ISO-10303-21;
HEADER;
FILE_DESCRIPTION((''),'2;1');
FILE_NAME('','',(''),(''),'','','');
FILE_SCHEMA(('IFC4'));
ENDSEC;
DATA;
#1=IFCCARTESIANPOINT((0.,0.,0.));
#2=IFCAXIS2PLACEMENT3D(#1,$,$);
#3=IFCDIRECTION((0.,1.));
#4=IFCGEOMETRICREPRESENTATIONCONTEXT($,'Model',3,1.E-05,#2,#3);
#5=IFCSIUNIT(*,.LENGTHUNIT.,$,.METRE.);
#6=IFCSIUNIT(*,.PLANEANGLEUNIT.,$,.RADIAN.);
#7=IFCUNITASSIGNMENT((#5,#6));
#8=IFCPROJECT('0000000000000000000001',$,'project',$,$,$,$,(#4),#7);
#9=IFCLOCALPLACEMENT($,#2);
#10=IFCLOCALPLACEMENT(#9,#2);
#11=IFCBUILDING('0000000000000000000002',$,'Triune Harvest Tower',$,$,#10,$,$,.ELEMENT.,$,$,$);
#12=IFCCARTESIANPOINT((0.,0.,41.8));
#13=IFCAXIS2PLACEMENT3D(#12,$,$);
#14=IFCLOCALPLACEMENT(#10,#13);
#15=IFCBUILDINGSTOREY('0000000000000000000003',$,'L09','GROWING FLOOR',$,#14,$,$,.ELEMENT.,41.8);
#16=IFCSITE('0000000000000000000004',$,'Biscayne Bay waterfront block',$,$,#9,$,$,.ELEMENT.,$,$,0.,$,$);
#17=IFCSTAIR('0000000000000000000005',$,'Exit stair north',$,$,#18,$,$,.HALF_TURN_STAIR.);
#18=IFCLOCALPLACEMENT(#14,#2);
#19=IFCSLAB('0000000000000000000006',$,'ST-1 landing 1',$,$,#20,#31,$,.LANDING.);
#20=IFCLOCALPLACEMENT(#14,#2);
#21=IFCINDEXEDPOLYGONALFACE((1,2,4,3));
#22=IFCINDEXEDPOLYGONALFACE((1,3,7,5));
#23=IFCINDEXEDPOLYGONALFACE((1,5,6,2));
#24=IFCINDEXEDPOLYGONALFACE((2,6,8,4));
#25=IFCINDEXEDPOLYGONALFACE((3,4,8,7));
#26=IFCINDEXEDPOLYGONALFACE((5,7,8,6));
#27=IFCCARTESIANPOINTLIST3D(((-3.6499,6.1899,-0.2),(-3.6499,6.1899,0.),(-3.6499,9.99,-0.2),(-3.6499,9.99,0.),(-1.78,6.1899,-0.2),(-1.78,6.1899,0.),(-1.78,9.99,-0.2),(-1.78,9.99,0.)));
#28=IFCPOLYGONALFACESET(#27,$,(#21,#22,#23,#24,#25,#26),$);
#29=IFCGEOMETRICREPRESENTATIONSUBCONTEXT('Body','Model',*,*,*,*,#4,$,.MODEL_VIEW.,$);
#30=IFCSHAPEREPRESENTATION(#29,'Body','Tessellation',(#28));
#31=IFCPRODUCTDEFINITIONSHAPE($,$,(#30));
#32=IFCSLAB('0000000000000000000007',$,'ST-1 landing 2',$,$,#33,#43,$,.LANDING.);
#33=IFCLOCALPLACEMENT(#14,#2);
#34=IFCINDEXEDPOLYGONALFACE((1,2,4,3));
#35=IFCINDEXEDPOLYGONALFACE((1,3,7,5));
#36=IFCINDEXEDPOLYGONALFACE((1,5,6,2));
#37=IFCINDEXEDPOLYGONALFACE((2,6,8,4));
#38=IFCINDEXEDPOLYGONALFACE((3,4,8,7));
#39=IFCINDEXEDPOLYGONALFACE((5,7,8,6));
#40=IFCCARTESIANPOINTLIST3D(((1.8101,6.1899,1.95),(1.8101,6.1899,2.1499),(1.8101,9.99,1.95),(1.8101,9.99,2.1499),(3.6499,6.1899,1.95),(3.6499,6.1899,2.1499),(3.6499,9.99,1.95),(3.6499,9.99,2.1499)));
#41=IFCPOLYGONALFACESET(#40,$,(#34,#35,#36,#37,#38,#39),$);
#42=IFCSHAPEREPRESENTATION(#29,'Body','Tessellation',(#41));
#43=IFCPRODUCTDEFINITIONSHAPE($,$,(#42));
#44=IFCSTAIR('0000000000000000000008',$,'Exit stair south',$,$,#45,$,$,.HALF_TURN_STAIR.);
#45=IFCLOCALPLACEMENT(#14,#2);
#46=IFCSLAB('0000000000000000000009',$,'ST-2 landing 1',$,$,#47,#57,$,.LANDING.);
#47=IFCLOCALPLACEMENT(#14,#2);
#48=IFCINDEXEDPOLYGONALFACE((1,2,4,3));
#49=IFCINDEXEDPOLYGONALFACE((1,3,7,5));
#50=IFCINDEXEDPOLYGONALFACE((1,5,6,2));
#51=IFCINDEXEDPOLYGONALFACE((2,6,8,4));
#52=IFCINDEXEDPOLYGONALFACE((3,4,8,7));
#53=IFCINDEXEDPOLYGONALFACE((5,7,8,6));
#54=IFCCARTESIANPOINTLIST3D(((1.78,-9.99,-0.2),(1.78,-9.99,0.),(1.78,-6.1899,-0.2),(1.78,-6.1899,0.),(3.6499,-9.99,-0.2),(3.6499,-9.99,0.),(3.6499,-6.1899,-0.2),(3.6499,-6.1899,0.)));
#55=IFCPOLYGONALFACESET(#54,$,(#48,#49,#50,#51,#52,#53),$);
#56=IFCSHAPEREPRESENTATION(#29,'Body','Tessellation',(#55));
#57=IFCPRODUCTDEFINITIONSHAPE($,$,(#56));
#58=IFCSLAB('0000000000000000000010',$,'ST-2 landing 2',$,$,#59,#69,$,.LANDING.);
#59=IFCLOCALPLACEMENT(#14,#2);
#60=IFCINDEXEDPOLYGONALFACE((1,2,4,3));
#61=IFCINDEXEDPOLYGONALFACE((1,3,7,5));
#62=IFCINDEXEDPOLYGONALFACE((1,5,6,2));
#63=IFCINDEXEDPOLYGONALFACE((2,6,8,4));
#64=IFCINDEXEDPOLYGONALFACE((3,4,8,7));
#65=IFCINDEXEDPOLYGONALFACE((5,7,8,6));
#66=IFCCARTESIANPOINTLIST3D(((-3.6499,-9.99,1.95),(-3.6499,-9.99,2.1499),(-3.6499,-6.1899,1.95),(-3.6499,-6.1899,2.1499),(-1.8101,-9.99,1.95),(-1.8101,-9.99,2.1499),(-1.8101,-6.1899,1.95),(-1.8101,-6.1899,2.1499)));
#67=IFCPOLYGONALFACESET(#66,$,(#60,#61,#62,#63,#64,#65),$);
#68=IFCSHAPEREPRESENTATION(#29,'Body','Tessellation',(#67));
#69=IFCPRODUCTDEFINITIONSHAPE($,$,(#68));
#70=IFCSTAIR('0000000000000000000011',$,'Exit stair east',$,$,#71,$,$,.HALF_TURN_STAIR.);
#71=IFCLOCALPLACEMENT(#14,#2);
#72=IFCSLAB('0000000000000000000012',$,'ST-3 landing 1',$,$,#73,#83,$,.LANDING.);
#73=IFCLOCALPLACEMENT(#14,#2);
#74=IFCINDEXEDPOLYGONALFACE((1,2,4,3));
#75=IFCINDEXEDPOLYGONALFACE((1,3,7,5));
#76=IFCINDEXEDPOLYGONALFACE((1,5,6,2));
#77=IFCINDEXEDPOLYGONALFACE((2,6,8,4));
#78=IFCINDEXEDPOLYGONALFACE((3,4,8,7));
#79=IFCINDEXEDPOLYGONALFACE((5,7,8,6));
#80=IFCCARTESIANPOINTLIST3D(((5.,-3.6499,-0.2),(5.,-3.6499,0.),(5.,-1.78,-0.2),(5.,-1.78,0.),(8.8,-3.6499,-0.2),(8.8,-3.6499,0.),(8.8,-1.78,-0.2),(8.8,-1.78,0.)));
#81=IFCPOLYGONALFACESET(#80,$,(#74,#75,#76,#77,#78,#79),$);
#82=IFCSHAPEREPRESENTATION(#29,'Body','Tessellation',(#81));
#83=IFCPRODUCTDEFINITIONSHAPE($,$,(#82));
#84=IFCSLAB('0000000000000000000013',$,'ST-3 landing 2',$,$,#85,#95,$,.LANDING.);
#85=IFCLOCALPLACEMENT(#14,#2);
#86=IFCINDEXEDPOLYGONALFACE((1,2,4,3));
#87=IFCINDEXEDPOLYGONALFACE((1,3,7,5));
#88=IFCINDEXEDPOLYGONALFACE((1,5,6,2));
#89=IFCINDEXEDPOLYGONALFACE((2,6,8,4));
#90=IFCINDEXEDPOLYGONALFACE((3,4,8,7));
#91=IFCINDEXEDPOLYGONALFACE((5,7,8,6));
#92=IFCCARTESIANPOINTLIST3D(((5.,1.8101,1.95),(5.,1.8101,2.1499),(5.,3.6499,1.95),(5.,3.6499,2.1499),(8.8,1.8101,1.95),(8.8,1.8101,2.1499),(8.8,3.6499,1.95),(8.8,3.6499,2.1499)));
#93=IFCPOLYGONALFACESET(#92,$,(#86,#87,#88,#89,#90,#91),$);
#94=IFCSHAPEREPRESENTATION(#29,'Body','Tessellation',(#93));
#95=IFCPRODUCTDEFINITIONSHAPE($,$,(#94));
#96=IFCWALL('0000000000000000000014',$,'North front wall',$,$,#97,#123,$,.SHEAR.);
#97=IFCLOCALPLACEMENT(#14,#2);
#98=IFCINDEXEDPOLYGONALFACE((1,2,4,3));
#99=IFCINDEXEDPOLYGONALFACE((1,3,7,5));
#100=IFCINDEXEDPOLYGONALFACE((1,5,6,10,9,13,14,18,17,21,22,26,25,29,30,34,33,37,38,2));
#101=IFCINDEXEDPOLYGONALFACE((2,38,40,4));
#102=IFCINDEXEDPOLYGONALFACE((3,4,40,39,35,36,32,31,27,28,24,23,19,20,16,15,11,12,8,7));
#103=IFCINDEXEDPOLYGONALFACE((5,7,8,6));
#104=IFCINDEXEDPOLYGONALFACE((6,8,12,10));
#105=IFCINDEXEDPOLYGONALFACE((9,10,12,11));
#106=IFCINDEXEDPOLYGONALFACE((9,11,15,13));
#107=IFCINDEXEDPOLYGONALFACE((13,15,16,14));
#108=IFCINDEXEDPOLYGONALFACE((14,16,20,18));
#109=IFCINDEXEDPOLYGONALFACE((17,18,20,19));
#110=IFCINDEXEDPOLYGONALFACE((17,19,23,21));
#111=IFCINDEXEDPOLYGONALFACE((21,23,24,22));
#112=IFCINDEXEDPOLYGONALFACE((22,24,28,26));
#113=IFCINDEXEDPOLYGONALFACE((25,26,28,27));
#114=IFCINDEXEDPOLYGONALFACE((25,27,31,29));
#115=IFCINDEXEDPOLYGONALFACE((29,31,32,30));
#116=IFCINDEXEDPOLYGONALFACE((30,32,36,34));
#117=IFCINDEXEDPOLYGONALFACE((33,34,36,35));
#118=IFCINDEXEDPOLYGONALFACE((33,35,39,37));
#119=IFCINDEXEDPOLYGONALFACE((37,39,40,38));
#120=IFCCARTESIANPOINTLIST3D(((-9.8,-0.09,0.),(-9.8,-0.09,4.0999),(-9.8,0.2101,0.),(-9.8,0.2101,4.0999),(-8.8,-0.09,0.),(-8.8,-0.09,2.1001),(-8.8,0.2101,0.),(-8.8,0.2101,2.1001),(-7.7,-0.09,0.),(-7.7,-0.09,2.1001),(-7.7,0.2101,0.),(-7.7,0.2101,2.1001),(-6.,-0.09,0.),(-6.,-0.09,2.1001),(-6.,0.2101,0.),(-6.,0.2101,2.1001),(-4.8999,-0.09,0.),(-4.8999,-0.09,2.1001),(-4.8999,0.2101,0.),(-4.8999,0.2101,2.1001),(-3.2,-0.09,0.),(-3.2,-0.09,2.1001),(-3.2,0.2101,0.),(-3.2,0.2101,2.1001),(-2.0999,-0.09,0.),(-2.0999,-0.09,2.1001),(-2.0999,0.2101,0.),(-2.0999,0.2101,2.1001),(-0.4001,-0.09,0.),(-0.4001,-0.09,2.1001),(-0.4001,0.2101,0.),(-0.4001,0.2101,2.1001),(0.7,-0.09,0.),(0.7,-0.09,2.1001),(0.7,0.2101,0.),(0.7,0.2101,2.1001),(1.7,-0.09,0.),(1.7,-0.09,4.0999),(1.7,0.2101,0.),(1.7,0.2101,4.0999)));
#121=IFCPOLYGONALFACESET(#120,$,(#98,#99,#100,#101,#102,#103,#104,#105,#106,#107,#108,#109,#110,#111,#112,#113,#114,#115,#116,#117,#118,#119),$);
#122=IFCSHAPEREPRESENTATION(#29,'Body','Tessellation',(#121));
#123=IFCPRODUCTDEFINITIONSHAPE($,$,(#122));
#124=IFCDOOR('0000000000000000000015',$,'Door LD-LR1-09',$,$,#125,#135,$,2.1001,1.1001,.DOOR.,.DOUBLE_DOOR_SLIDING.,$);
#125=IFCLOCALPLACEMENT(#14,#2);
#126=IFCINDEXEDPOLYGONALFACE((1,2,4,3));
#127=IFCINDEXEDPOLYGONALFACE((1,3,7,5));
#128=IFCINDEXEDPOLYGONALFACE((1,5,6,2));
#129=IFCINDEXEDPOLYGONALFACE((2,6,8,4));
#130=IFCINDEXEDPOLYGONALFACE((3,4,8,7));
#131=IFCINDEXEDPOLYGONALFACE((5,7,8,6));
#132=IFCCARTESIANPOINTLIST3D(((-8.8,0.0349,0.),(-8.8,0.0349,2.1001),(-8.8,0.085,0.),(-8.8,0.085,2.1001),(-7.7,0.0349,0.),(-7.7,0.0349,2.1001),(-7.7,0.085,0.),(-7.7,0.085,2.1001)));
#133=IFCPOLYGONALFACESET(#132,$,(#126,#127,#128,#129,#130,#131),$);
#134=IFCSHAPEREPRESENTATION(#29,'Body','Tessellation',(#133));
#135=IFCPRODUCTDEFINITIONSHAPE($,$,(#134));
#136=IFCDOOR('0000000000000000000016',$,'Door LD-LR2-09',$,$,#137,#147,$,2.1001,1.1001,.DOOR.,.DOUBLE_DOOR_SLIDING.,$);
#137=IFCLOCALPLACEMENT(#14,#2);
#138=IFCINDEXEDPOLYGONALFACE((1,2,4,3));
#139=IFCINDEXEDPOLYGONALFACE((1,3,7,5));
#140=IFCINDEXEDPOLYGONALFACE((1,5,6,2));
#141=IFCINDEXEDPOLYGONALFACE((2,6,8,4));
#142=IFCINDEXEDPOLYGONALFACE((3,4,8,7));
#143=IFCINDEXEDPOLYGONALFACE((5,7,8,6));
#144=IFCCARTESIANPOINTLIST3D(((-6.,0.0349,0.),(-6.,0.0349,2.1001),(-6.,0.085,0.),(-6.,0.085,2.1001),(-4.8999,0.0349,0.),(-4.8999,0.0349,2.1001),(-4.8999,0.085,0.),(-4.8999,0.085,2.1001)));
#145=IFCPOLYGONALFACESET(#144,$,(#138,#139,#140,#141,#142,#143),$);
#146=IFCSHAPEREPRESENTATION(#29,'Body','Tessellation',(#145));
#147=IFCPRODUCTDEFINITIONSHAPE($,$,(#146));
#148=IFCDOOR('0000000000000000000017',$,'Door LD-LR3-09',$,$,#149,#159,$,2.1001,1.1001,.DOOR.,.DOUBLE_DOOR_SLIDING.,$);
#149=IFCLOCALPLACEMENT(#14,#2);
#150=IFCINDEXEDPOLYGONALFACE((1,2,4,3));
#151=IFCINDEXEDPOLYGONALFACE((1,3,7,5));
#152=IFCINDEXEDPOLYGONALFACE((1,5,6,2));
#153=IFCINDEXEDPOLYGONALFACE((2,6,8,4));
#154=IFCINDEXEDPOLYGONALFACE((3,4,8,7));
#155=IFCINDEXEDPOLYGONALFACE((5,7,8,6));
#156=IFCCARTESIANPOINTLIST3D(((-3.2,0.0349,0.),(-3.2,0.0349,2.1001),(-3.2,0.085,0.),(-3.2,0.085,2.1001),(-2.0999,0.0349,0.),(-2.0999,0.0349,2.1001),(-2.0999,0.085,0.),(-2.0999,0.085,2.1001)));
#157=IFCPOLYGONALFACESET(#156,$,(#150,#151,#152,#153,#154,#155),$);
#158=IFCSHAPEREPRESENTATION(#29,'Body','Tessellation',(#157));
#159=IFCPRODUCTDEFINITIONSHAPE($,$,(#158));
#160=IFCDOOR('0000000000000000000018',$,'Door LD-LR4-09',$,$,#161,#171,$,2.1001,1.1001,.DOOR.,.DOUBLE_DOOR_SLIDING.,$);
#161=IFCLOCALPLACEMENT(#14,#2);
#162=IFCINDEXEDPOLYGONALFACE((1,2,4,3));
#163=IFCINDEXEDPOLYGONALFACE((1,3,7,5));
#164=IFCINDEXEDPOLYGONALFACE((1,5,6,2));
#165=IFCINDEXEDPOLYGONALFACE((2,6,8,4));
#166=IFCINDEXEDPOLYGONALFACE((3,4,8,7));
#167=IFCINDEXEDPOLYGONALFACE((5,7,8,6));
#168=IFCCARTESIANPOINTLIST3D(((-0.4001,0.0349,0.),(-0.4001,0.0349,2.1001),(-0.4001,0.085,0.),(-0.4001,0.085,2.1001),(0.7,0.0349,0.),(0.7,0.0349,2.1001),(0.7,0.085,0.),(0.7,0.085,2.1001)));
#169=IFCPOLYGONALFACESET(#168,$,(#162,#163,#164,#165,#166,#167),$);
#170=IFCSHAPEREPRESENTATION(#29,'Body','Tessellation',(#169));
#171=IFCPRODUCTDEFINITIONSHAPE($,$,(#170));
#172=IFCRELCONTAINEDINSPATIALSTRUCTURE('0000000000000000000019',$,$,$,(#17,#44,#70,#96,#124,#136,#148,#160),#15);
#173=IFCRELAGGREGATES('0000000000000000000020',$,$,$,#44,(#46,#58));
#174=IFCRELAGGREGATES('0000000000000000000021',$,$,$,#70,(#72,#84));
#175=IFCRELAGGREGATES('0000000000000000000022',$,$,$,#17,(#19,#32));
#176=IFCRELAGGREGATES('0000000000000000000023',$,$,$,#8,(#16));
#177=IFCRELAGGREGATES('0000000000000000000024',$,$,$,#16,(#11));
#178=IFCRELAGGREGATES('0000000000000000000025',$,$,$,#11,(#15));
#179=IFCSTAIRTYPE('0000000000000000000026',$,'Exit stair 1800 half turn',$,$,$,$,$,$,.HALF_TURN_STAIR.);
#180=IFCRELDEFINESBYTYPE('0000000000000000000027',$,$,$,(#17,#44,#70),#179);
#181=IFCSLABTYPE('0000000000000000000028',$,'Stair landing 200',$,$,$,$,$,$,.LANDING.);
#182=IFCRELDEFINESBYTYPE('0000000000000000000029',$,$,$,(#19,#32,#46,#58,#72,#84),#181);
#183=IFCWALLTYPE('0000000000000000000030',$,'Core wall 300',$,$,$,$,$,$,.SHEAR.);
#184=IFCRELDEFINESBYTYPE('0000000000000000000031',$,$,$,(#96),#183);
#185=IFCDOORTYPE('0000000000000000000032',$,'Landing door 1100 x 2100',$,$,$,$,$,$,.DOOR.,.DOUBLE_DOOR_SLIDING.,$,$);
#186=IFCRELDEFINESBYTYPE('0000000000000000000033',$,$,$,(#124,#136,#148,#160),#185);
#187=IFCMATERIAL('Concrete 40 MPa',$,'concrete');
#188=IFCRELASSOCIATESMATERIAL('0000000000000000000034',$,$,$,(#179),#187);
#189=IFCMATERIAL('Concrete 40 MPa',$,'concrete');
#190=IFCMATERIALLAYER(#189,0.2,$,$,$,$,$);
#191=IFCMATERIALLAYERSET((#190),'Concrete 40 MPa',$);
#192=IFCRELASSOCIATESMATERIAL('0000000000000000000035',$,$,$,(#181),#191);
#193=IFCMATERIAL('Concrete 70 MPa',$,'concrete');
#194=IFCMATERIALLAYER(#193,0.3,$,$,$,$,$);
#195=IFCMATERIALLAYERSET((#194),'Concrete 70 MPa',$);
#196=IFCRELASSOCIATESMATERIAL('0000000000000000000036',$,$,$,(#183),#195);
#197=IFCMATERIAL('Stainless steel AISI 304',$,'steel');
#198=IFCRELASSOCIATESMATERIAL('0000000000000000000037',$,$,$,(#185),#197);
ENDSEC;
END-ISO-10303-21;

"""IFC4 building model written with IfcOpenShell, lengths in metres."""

from ifc_helpers import new_model, si_unit, direction, frame, frame_2d, origin, place, context, subcontext, project, spatial, polyline, rectangle, outline, extrude, source, transform, mapped, material, layer, layer_set, type_object, element, fill, aggregate, save


model = new_model("IFC4")

# Units and contexts
model_context = context("Model", 3, precision=1e-05, world=origin(), true_north=direction((0.0, 1.0)))
body_context = subcontext(model_context, "Body", "Model", "MODEL_VIEW")
ifc_project = project(units=[si_unit("LENGTHUNIT", "METRE"), si_unit("PLANEANGLEUNIT", "RADIAN")], contexts=[model_context])

# Site, building, storey
site_placement = place(None, origin())
site = spatial("IfcSite", under=ifc_project, at=site_placement, Name="Biscayne Bay waterfront block", CompositionType="ELEMENT", RefElevation=0.0)
building_placement = place(site_placement, origin())
building = spatial("IfcBuilding", under=site, at=building_placement, Name="Triune Harvest Tower", CompositionType="ELEMENT")
storey_placement = place(building_placement, frame((0.0, 0.0, 41.8)))
storey = spatial("IfcBuildingStorey", under=building, at=storey_placement, Name="L09", Description="GROWING FLOOR", CompositionType="ELEMENT", Elevation=41.8)

# Stairs, slabs
ifc_material_1 = material(Name="Concrete 40 MPa", Category="concrete")
stair_type = type_object("IfcStairType", Name="Exit stair 1800 half turn", PredefinedType="HALF_TURN_STAIR", material=ifc_material_1)
stair_1_placement = place(storey_placement, origin())
stair_1 = element("IfcStair", 1, at=stair_1_placement, inside=storey, type_object=stair_type, Name="Exit stair north", PredefinedType="HALF_TURN_STAIR")
ifc_material_2 = material(Name="Concrete 40 MPa", Category="concrete")
ifc_layer_1 = layer(ifc_material_2, 0.2)
ifc_layer_set_1 = layer_set([ifc_layer_1], Name="Concrete 40 MPa")
slab_type = type_object("IfcSlabType", Name="Stair landing 200", PredefinedType="LANDING", material=ifc_layer_set_1)
shared_shape_1 = source(origin(), body_context, "Body", "SweptSolid", [
    extrude(outline(polyline([(-3.6499, 6.1899), (-1.78, 6.1899), (-1.78, 9.99), (-3.6499, 9.99), (-3.6499, 6.1899)])), origin(), (0.0, 0.0, 1.0), 0.2),
])
slab_1_placement = place(storey_placement, frame((0.0, 0.0, -0.2)))
slab_1 = element("IfcSlab", 2, at=slab_1_placement, type_object=slab_type, Name="ST-1 landing 1", PredefinedType="LANDING", context=body_context, shape_type="MappedRepresentation", body=[
    mapped(shared_shape_1, transform((0.0, 0.0, 0.0), scale=1.0)),
])
shared_shape_2 = source(origin(), body_context, "Body", "SweptSolid", [
    extrude(outline(polyline([(1.8101, 6.1899), (3.6499, 6.1899), (3.6499, 9.99), (1.8101, 9.99), (1.8101, 6.1899)])), origin(), (0.0, 0.0, 1.0), 0.2),
])
slab_2_placement = place(storey_placement, frame((0.0, 0.0, 1.95)))
slab_2 = element("IfcSlab", 3, at=slab_2_placement, type_object=slab_type, Name="ST-1 landing 2", PredefinedType="LANDING", context=body_context, shape_type="MappedRepresentation", body=[
    mapped(shared_shape_2, transform((0.0, 0.0, 0.0), scale=1.0)),
])
stair_2_placement = place(storey_placement, origin())
stair_2 = element("IfcStair", 4, at=stair_2_placement, inside=storey, type_object=stair_type, Name="Exit stair south", PredefinedType="HALF_TURN_STAIR")
shared_shape_3 = source(origin(), body_context, "Body", "SweptSolid", [
    extrude(outline(polyline([(3.6499, -6.1899), (1.78, -6.1899), (1.78, -9.99), (3.6499, -9.99), (3.6499, -6.1899)])), origin(), (0.0, 0.0, 1.0), 0.2),
])
slab_3_placement = place(storey_placement, frame((0.0, 0.0, -0.2)))
slab_3 = element("IfcSlab", 5, at=slab_3_placement, type_object=slab_type, Name="ST-2 landing 1", PredefinedType="LANDING", context=body_context, shape_type="MappedRepresentation", body=[
    mapped(shared_shape_3, transform((0.0, 0.0, 0.0), scale=1.0)),
])
shared_shape_4 = source(origin(), body_context, "Body", "SweptSolid", [
    extrude(outline(polyline([(-1.8101, -6.1899), (-3.6499, -6.1899), (-3.6499, -9.99), (-1.8101, -9.99), (-1.8101, -6.1899)])), origin(), (0.0, 0.0, 1.0), 0.2),
])
slab_4_placement = place(storey_placement, frame((0.0, 0.0, 1.95)))
slab_4 = element("IfcSlab", 6, at=slab_4_placement, type_object=slab_type, Name="ST-2 landing 2", PredefinedType="LANDING", context=body_context, shape_type="MappedRepresentation", body=[
    mapped(shared_shape_4, transform((0.0, 0.0, 0.0), scale=1.0)),
])
aggregate(stair_2, [slab_3, slab_4])
stair_3_placement = place(storey_placement, origin())
stair_3 = element("IfcStair", 7, at=stair_3_placement, inside=storey, type_object=stair_type, Name="Exit stair east", PredefinedType="HALF_TURN_STAIR")
shared_shape_5 = source(origin(), body_context, "Body", "SweptSolid", [
    extrude(outline(polyline([(8.8, -3.6499), (8.8, -1.78), (5.0, -1.78), (5.0, -3.6499), (8.8, -3.6499)])), origin(), (0.0, 0.0, 1.0), 0.2),
])
slab_5_placement = place(storey_placement, frame((0.0, 0.0, -0.2)))
slab_5 = element("IfcSlab", 8, at=slab_5_placement, type_object=slab_type, Name="ST-3 landing 1", PredefinedType="LANDING", context=body_context, shape_type="MappedRepresentation", body=[
    mapped(shared_shape_5, transform((0.0, 0.0, 0.0), scale=1.0)),
])
shared_shape_6 = source(origin(), body_context, "Body", "SweptSolid", [
    extrude(outline(polyline([(8.8, 1.8101), (8.8, 3.6499), (5.0, 3.6499), (5.0, 1.8101), (8.8, 1.8101)])), origin(), (0.0, 0.0, 1.0), 0.2),
])
slab_6_placement = place(storey_placement, frame((0.0, 0.0, 1.95)))
slab_6 = element("IfcSlab", 9, at=slab_6_placement, type_object=slab_type, Name="ST-3 landing 2", PredefinedType="LANDING", context=body_context, shape_type="MappedRepresentation", body=[
    mapped(shared_shape_6, transform((0.0, 0.0, 0.0), scale=1.0)),
])
aggregate(stair_3, [slab_5, slab_6])

# Wall, openings, doors
ifc_material_3 = material(Name="Concrete 70 MPa", Category="concrete")
ifc_layer_2 = layer(ifc_material_3, 0.3)
ifc_layer_set_2 = layer_set([ifc_layer_2], Name="Concrete 70 MPa")
wall_type = type_object("IfcWallType", Name="Core wall 300", PredefinedType="SHEAR", material=ifc_layer_set_2)
shared_shape_7 = source(origin(), body_context, "Body", "SweptSolid", [
    extrude(rectangle(XDim=11.5, YDim=0.3, at=frame_2d((5.75, 0.0))), origin(), (0.0, 0.0, 1.0), 4.0999),
])
wall_1_placement = place(storey_placement, frame((-9.8, 0.0601, 0.0), z_axis=(0.0, 0.0, 1.0), x_axis=(1.0, 0.0, 0.0)))
wall_1 = element("IfcWall", 10, at=wall_1_placement, inside=storey, type_object=wall_type, Name="North front wall", PredefinedType="SHEAR", context=body_context, shape_type="MappedRepresentation", body=[
    mapped(shared_shape_7, transform((0.0, 0.0, 0.0), scale=1.0)),
])
opening_1_placement = place(wall_1_placement, frame((1.0, 0.0, 0.0)))
opening_1 = element("IfcOpeningElement", 11, at=opening_1_placement, cuts=wall_1, PredefinedType="OPENING", context=body_context, shape_type="SweptSolid", body=[
    extrude(rectangle(XDim=1.1001, YDim=2.1001, at=frame_2d((0.55, 1.05))), frame((0.0, 0.1602, 0.0), z_axis=(0.0, -1.0, 0.0), x_axis=(1.0, 0.0, 0.0)), (0.0, 0.0, 1.0), 0.3201),
])
opening_2_placement = place(wall_1_placement, frame((3.8, 0.0, 0.0)))
opening_2 = element("IfcOpeningElement", 12, at=opening_2_placement, cuts=wall_1, PredefinedType="OPENING", context=body_context, shape_type="SweptSolid", body=[
    extrude(rectangle(XDim=1.1001, YDim=2.1001, at=frame_2d((0.55, 1.05))), frame((0.0, 0.1602, 0.0), z_axis=(0.0, -1.0, 0.0), x_axis=(1.0, 0.0, 0.0)), (0.0, 0.0, 1.0), 0.3201),
])
opening_3_placement = place(wall_1_placement, frame((6.6001, 0.0, 0.0)))
opening_3 = element("IfcOpeningElement", 13, at=opening_3_placement, cuts=wall_1, PredefinedType="OPENING", context=body_context, shape_type="SweptSolid", body=[
    extrude(rectangle(XDim=1.1001, YDim=2.1001, at=frame_2d((0.55, 1.05))), frame((0.0, 0.1602, 0.0), z_axis=(0.0, -1.0, 0.0), x_axis=(1.0, 0.0, 0.0)), (0.0, 0.0, 1.0), 0.3201),
])
opening_4_placement = place(wall_1_placement, frame((9.3999, 0.0, 0.0)))
opening_4 = element("IfcOpeningElement", 14, at=opening_4_placement, cuts=wall_1, PredefinedType="OPENING", context=body_context, shape_type="SweptSolid", body=[
    extrude(rectangle(XDim=1.1001, YDim=2.1001, at=frame_2d((0.55, 1.05))), frame((0.0, 0.1602, 0.0), z_axis=(0.0, -1.0, 0.0), x_axis=(1.0, 0.0, 0.0)), (0.0, 0.0, 1.0), 0.3201),
])
ifc_material_4 = material(Name="Stainless steel AISI 304", Category="steel")
door_type_1 = type_object("IfcDoorType", Name="Landing door 1100 x 2100", OperationType="DOUBLE_DOOR_SLIDING", PredefinedType="DOOR", material=ifc_material_4)
door_1_placement = place(opening_1_placement, origin())
door_1 = element("IfcDoor", 15, at=door_1_placement, inside=storey, type_object=door_type_1, Name="Door LD-LR1-09", OperationType="DOUBLE_DOOR_SLIDING", OverallHeight=2.1001, OverallWidth=1.1001, PredefinedType="DOOR", context=body_context, shape_type="SweptSolid", body=[
    extrude(rectangle(XDim=1.1001, YDim=2.1001, at=frame_2d((0.55, 1.05))), frame((0.0, 0.0249, 0.0), z_axis=(0.0, -1.0, 0.0), x_axis=(1.0, 0.0, 0.0)), (0.0, 0.0, 1.0), 0.05),
])
fill(opening_1, door_1)
door_2_placement = place(opening_2_placement, origin())
door_2 = element("IfcDoor", 16, at=door_2_placement, inside=storey, type_object=door_type_1, Name="Door LD-LR2-09", OperationType="DOUBLE_DOOR_SLIDING", OverallHeight=2.1001, OverallWidth=1.1001, PredefinedType="DOOR", context=body_context, shape_type="SweptSolid", body=[
    extrude(rectangle(XDim=1.1001, YDim=2.1001, at=frame_2d((0.55, 1.05))), frame((0.0, 0.0249, 0.0), z_axis=(0.0, -1.0, 0.0), x_axis=(1.0, 0.0, 0.0)), (0.0, 0.0, 1.0), 0.05),
])
fill(opening_2, door_2)
door_3_placement = place(opening_3_placement, origin())
door_3 = element("IfcDoor", 17, at=door_3_placement, inside=storey, type_object=door_type_1, Name="Door LD-LR3-09", OperationType="DOUBLE_DOOR_SLIDING", OverallHeight=2.1001, OverallWidth=1.1001, PredefinedType="DOOR", context=body_context, shape_type="SweptSolid", body=[
    extrude(rectangle(XDim=1.1001, YDim=2.1001, at=frame_2d((0.55, 1.05))), frame((0.0, 0.0249, 0.0), z_axis=(0.0, -1.0, 0.0), x_axis=(1.0, 0.0, 0.0)), (0.0, 0.0, 1.0), 0.05),
])
fill(opening_3, door_3)
door_4_placement = place(opening_4_placement, origin())
door_4 = element("IfcDoor", 18, at=door_4_placement, inside=storey, type_object=door_type_1, Name="Door LD-LR4-09", OperationType="DOUBLE_DOOR_SLIDING", OverallHeight=2.1001, OverallWidth=1.1001, PredefinedType="DOOR", context=body_context, shape_type="SweptSolid", body=[
    extrude(rectangle(XDim=1.1001, YDim=2.1001, at=frame_2d((0.55, 1.05))), frame((0.0, 0.0249, 0.0), z_axis=(0.0, -1.0, 0.0), x_axis=(1.0, 0.0, 0.0)), (0.0, 0.0, 1.0), 0.05),
])
fill(opening_4, door_4)

aggregate(stair_1, [slab_1, slab_2])

save(model, "model.ifc")
